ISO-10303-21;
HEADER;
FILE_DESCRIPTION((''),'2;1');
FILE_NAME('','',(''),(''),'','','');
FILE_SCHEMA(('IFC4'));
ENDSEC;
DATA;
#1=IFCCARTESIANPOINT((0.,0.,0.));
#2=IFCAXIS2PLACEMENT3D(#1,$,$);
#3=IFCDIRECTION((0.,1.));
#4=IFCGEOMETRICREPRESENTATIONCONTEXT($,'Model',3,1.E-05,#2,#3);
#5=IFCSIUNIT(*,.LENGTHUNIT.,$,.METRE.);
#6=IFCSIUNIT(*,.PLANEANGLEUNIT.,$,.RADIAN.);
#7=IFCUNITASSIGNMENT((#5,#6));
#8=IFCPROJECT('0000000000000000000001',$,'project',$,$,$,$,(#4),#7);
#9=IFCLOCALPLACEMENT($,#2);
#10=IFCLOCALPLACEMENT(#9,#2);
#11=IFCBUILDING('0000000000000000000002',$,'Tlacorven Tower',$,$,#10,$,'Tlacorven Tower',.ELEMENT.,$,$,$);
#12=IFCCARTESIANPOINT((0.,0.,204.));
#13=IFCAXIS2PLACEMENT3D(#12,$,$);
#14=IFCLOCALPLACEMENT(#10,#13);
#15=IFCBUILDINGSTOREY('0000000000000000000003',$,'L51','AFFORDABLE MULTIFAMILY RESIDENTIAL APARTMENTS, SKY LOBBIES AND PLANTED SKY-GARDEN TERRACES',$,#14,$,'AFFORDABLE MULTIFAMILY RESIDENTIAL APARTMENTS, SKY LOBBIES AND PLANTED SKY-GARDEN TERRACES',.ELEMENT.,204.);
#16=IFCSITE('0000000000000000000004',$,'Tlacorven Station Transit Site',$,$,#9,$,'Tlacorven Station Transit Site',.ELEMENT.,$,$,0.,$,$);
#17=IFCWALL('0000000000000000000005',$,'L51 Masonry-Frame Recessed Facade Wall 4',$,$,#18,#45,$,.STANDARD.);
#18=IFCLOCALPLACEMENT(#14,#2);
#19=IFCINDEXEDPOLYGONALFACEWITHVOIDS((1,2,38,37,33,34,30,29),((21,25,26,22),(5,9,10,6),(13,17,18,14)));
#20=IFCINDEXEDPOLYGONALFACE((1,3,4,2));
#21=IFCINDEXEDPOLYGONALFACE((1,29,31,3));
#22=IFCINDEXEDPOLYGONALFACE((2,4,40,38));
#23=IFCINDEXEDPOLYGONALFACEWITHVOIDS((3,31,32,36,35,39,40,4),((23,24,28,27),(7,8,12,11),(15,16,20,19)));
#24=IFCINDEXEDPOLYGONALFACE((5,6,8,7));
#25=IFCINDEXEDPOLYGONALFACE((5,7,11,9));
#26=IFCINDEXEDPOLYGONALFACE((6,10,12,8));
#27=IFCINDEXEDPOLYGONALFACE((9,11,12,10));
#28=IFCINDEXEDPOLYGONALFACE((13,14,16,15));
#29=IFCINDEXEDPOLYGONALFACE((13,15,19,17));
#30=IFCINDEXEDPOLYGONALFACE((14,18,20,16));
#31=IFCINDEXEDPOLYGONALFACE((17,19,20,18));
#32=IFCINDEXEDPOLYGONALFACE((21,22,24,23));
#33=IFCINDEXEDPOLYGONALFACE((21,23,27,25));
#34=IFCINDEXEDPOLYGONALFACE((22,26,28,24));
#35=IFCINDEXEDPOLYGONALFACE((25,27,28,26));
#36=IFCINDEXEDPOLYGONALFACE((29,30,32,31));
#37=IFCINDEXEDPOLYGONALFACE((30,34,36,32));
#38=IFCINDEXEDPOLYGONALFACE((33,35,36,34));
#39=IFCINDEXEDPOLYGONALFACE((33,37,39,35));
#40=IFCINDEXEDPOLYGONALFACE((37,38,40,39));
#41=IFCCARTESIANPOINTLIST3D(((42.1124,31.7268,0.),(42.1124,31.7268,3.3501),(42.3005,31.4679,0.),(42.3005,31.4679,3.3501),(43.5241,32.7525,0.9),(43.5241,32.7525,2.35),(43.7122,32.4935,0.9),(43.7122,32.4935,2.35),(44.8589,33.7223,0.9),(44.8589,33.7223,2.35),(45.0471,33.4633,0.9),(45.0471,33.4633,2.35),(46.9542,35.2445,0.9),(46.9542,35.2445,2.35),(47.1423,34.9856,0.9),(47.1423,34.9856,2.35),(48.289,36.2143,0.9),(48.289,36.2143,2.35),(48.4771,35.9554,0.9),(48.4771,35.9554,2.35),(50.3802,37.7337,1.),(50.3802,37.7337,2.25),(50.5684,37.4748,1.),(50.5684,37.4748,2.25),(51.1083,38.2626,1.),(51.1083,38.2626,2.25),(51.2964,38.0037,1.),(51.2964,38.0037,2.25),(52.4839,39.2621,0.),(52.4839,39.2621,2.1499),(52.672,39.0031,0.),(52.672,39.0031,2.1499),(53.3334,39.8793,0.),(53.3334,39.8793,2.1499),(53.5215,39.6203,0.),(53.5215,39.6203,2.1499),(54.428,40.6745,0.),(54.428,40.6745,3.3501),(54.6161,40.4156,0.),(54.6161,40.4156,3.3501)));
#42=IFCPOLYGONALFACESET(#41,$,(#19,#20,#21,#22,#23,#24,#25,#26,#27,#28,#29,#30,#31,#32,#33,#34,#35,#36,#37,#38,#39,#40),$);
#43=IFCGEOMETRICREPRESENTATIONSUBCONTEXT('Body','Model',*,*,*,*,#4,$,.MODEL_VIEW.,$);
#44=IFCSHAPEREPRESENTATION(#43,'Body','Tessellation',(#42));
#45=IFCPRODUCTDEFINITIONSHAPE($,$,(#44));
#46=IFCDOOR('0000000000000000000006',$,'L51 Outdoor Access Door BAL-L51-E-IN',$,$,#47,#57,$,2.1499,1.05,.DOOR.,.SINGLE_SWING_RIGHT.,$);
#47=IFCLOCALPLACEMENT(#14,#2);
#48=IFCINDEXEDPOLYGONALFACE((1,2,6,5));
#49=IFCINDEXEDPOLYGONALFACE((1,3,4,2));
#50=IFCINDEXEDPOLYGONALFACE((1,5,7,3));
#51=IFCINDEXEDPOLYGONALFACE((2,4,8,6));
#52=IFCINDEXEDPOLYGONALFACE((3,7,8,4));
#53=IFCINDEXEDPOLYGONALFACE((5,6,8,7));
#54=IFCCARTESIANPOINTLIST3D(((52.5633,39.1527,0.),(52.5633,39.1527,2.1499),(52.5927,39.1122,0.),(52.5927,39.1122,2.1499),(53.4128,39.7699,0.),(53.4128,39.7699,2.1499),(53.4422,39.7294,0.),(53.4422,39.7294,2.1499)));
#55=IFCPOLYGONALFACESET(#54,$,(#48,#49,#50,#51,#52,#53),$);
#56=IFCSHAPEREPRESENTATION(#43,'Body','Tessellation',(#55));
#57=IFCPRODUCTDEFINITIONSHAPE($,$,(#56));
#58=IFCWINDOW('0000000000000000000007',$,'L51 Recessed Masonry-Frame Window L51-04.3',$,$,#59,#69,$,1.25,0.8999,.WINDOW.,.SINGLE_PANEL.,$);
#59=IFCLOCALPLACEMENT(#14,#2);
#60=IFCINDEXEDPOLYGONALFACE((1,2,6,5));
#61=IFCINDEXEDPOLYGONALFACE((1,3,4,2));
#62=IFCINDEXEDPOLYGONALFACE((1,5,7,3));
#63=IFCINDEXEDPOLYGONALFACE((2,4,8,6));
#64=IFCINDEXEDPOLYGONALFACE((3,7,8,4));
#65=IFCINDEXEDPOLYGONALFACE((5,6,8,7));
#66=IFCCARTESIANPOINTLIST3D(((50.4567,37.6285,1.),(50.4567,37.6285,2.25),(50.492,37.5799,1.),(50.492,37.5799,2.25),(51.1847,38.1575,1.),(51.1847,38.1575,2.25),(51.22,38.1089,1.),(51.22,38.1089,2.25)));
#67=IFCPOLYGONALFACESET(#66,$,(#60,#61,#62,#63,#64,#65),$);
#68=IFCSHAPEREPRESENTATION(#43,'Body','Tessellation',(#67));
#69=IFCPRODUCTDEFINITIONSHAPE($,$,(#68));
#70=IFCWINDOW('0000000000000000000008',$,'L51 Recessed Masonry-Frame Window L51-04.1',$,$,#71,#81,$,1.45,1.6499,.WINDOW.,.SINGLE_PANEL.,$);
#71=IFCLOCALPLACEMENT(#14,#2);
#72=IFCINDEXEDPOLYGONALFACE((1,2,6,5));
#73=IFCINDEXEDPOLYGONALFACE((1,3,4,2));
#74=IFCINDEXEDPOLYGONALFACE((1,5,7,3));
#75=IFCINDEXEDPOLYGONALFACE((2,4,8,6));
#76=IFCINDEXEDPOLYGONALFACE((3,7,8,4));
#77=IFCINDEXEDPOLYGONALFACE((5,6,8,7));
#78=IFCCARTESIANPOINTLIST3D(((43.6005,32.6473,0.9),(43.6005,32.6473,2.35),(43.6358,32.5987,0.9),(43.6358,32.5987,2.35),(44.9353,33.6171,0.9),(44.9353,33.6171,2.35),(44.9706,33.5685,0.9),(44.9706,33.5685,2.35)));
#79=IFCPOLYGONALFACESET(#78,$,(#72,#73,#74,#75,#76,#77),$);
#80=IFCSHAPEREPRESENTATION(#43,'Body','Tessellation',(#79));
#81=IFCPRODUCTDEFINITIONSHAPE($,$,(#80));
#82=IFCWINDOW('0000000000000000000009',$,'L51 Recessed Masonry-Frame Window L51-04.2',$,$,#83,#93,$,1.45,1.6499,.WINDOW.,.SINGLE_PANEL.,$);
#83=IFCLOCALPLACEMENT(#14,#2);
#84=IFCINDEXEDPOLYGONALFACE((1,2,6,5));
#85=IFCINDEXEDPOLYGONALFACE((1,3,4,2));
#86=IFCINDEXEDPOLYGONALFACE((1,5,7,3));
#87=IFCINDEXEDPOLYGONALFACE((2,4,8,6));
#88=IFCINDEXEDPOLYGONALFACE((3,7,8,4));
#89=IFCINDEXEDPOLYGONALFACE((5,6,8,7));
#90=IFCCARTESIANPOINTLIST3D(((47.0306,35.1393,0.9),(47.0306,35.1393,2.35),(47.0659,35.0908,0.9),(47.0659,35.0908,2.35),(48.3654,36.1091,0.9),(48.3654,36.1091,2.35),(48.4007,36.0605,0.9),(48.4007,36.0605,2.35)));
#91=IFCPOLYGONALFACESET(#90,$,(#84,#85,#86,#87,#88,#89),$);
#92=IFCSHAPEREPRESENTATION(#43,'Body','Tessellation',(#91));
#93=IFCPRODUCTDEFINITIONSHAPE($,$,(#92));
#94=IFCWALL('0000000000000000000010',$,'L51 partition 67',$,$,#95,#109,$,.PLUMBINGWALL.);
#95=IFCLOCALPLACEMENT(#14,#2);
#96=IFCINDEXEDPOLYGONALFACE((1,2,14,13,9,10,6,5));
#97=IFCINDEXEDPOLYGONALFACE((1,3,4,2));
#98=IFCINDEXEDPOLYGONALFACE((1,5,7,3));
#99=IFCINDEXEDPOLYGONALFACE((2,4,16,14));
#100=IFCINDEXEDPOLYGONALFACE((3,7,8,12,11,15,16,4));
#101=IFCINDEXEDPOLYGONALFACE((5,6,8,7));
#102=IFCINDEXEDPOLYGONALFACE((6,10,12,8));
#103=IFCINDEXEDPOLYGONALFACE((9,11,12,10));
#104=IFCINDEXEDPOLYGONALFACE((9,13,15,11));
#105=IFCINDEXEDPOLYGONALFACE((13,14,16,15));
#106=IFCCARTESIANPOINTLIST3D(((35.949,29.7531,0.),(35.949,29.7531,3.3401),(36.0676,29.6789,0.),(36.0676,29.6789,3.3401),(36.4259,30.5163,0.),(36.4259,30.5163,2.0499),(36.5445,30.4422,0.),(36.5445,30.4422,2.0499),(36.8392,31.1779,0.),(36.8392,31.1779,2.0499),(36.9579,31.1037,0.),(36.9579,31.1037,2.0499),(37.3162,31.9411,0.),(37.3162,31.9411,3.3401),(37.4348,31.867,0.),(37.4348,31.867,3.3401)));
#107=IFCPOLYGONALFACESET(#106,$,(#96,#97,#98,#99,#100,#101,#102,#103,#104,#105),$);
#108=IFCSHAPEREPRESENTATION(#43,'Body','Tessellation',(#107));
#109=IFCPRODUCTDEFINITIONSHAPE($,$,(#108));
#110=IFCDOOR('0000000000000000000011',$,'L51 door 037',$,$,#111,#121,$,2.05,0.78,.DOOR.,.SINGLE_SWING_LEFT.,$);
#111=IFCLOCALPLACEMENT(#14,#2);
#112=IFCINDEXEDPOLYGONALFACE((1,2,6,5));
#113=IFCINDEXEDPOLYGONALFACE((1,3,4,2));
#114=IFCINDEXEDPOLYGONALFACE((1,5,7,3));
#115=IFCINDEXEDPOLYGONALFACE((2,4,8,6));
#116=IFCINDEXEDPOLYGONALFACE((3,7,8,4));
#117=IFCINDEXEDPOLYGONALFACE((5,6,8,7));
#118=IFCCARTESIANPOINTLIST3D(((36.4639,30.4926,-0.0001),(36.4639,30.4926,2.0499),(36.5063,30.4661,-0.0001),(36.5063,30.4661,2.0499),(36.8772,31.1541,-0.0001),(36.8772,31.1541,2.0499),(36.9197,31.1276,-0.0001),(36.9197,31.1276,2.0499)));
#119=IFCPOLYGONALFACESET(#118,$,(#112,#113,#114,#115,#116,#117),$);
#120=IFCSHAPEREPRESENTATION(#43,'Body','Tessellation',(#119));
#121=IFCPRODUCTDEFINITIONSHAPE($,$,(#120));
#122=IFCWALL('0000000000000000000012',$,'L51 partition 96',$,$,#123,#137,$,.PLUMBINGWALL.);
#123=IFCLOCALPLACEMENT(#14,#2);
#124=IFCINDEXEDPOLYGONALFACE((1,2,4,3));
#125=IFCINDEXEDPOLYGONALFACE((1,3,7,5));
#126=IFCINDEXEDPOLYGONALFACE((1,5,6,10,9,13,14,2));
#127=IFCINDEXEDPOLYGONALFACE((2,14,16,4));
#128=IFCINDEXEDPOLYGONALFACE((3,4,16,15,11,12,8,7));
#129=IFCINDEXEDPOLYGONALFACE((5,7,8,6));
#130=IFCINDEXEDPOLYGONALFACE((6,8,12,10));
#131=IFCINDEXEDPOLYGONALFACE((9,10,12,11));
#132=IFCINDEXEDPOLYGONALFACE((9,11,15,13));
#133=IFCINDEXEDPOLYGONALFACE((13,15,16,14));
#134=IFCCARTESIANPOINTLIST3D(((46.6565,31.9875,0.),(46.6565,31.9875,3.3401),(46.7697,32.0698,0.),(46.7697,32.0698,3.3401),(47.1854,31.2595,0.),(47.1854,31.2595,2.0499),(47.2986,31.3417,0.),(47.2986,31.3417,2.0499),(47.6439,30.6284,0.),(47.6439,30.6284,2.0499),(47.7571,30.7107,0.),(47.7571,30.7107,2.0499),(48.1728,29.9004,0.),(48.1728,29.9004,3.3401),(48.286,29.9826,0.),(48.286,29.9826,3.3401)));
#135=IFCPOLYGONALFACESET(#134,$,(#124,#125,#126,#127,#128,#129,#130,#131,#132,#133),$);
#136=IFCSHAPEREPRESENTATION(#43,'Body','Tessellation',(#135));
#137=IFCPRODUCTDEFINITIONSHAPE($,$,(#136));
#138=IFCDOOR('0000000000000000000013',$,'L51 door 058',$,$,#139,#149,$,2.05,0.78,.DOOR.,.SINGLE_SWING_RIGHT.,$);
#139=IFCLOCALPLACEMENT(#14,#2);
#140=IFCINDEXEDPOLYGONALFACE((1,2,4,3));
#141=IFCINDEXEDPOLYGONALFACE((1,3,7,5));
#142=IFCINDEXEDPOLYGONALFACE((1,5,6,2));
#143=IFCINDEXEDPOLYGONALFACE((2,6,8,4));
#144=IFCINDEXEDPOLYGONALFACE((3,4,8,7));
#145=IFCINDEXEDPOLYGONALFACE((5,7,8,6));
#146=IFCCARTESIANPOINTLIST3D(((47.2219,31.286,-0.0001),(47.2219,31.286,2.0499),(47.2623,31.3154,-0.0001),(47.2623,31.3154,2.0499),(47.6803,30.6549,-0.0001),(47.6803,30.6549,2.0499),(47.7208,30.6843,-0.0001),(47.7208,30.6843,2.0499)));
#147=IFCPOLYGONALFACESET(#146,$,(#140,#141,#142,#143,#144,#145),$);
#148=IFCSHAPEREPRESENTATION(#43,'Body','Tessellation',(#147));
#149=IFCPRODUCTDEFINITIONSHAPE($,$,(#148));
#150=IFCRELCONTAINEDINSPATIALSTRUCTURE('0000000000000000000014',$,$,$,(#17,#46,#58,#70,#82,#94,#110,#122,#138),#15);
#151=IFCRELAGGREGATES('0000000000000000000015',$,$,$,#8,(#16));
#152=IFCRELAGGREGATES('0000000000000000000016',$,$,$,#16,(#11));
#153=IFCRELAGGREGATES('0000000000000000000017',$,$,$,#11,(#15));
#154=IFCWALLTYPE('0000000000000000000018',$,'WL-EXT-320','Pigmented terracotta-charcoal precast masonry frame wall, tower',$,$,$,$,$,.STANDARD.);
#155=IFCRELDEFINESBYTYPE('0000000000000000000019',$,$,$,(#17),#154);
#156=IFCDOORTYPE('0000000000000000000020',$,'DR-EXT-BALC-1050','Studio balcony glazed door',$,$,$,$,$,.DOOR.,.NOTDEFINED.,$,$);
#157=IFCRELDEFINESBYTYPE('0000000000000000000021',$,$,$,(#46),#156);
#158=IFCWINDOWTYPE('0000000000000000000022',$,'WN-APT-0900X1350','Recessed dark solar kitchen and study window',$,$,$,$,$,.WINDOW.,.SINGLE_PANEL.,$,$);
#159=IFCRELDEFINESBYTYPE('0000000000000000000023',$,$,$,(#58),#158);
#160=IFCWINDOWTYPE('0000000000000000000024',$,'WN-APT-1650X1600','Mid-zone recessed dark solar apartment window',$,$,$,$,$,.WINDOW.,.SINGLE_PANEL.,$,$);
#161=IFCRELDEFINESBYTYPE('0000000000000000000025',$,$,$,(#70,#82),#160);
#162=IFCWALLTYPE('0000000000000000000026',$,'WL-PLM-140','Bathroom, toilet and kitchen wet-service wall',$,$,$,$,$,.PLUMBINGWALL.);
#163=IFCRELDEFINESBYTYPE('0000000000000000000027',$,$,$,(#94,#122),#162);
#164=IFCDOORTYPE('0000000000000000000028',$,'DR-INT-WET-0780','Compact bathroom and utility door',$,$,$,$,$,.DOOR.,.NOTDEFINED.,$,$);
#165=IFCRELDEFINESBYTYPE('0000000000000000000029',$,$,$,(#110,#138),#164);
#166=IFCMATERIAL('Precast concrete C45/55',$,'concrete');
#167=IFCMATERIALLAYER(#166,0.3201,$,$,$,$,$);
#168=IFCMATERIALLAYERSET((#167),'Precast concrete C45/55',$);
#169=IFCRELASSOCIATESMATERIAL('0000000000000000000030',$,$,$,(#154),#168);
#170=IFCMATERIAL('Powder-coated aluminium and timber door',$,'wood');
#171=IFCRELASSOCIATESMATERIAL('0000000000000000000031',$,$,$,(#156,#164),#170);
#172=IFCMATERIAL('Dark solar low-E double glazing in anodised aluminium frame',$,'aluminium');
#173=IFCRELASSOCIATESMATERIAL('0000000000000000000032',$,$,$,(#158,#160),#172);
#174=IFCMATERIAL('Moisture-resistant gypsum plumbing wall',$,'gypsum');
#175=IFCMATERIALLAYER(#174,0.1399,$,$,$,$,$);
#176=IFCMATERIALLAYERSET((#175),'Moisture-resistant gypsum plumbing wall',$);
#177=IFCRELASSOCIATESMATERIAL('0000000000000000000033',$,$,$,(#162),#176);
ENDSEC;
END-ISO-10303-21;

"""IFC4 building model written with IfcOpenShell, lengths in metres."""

from ifc_helpers import new_model, si_unit, direction, frame, frame_2d, origin, place, context, subcontext, project, spatial, rectangle, extrude, source, transform, mapped, material, layer, layer_set, type_object, element, fill, save


model = new_model("IFC4")

# Units and contexts
model_context = context("Model", 3, precision=1e-05, world=origin(), true_north=direction((0.0, 1.0)))
body_context = subcontext(model_context, "Body", "Model", "MODEL_VIEW")
ifc_project = project(units=[si_unit("LENGTHUNIT", "METRE"), si_unit("PLANEANGLEUNIT", "RADIAN")], contexts=[model_context])

# Site, building, storey
site_placement = place(None, origin())
site = spatial("IfcSite", under=ifc_project, at=site_placement, Name="Tlacorven Station Transit Site", LongName="Tlacorven Station Transit Site", CompositionType="ELEMENT", RefElevation=0.0)
building_placement = place(site_placement, origin())
building = spatial("IfcBuilding", under=site, at=building_placement, Name="Tlacorven Tower", LongName="Tlacorven Tower", CompositionType="ELEMENT")
storey_placement = place(building_placement, frame((0.0, 0.0, 204.0)))
storey = spatial("IfcBuildingStorey", under=building, at=storey_placement, Name="L51", Description="AFFORDABLE MULTIFAMILY RESIDENTIAL APARTMENTS, SKY LOBBIES AND PLANTED SKY-GARDEN TERRACES", LongName="AFFORDABLE MULTIFAMILY RESIDENTIAL APARTMENTS, SKY LOBBIES AND PLANTED SKY-GARDEN TERRACES", CompositionType="ELEMENT", Elevation=204.0)

# Wall, openings, door, windows
ifc_material_1 = material(Name="Precast concrete C45/55", Category="concrete")
ifc_layer_1 = layer(ifc_material_1, 0.3201)
ifc_layer_set_1 = layer_set([ifc_layer_1], Name="Precast concrete C45/55")
wall_type_1 = type_object("IfcWallType", Name="WL-EXT-320", Description="Pigmented terracotta-charcoal precast masonry frame wall, tower", PredefinedType="STANDARD", material=ifc_layer_set_1)
wall_1_placement = place(storey_placement, frame((42.2065, 31.5974, 0.0), z_axis=(0.0, 0.0, 1.0), x_axis=(0.80902, 0.587781, 0.0)))
wall_1 = element("IfcWall", 1, at=wall_1_placement, inside=storey, type_object=wall_type_1, Name="L51 Masonry-Frame Recessed Facade Wall 4", PredefinedType="STANDARD", context=body_context, shape_type="SweptSolid", body=[
    extrude(rectangle(XDim=15.2229, YDim=0.3201, at=frame_2d((7.6113, 0.0))), origin(), (0.0, 0.0, 1.0), 3.3501),
])
opening_1_placement = place(wall_1_placement, frame((12.8198, 0.0, 0.0)))
opening_1 = element("IfcOpeningElement", 2, at=opening_1_placement, cuts=wall_1, PredefinedType="OPENING", context=body_context, shape_type="SweptSolid", body=[
    extrude(rectangle(XDim=1.05, YDim=2.1499, at=frame_2d((0.5249, 1.075))), frame((0.0, 0.1699, 0.0), z_axis=(0.0, -1.0, 0.0), x_axis=(1.0, 0.0, 0.0)), (0.0, 0.0, 1.0), 0.3401),
])
opening_2_placement = place(wall_1_placement, frame((1.7449, 0.0, 0.8999)))
opening_2 = element("IfcOpeningElement", 3, at=opening_2_placement, cuts=wall_1, PredefinedType="OPENING", context=body_context, shape_type="SweptSolid", body=[
    extrude(rectangle(XDim=1.6499, YDim=1.45, at=frame_2d((0.825, 0.7251))), frame((0.0, 0.1699, 0.0), z_axis=(0.0, -1.0, 0.0), x_axis=(1.0, 0.0, 0.0)), (0.0, 0.0, 1.0), 0.3401),
])
opening_3_placement = place(wall_1_placement, frame((5.9846, 0.0, 0.8999)))
opening_3 = element("IfcOpeningElement", 4, at=opening_3_placement, cuts=wall_1, PredefinedType="OPENING", context=body_context, shape_type="SweptSolid", body=[
    extrude(rectangle(XDim=1.6499, YDim=1.45, at=frame_2d((0.825, 0.7251))), frame((0.0, 0.1699, 0.0), z_axis=(0.0, -1.0, 0.0), x_axis=(1.0, 0.0, 0.0)), (0.0, 0.0, 1.0), 0.3401),
])
opening_4_placement = place(wall_1_placement, frame((10.2195, 0.0, 1.0)))
opening_4 = element("IfcOpeningElement", 5, at=opening_4_placement, cuts=wall_1, PredefinedType="OPENING", context=body_context, shape_type="SweptSolid", body=[
    extrude(rectangle(XDim=0.8999, YDim=1.25, at=frame_2d((0.45, 0.625))), frame((0.0, 0.1699, 0.0), z_axis=(0.0, -1.0, 0.0), x_axis=(1.0, 0.0, 0.0)), (0.0, 0.0, 1.0), 0.3401),
])
ifc_material_2 = material(Name="Powder-coated aluminium and timber door", Category="wood")
door_type_1 = type_object("IfcDoorType", Name="DR-EXT-BALC-1050", Description="Studio balcony glazed door", OperationType="NOTDEFINED", PredefinedType="DOOR", material=ifc_material_2)
shared_shape_1 = source(origin(), body_context, "Body", "SweptSolid", [
    extrude(rectangle(XDim=1.05, YDim=2.1499, at=frame_2d((0.5249, 1.075))), frame((0.0, 0.0249, 0.0), z_axis=(0.0, -1.0, 0.0), x_axis=(1.0, 0.0, 0.0)), (0.0, 0.0, 1.0), 0.05),
])
door_1_placement = place(opening_1_placement, origin())
door_1 = element("IfcDoor", 6, at=door_1_placement, inside=storey, type_object=door_type_1, Name="L51 Outdoor Access Door BAL-L51-E-IN", OperationType="SINGLE_SWING_RIGHT", OverallHeight=2.1499, OverallWidth=1.05, PredefinedType="DOOR", context=body_context, shape_type="MappedRepresentation", body=[
    mapped(shared_shape_1, transform((0.0, 0.0, 0.0), scale=1.0)),
])
fill(opening_1, door_1)
ifc_material_3 = material(Name="Dark solar low-E double glazing in anodised aluminium frame", Category="aluminium")
window_type_1 = type_object("IfcWindowType", Name="WN-APT-0900X1350", Description="Recessed dark solar kitchen and study window", PartitioningType="SINGLE_PANEL", PredefinedType="WINDOW", material=ifc_material_3)
shared_shape_2 = source(origin(), body_context, "Body", "SweptSolid", [
    extrude(rectangle(XDim=0.8999, YDim=1.25, at=frame_2d((0.45, 0.625))), frame((0.0, 0.03, 0.0), z_axis=(0.0, -1.0, 0.0), x_axis=(1.0, 0.0, 0.0)), (0.0, 0.0, 1.0), 0.0601),
])
window_1_placement = place(opening_4_placement, origin())
window_1 = element("IfcWindow", 7, at=window_1_placement, inside=storey, type_object=window_type_1, Name="L51 Recessed Masonry-Frame Window L51-04.3", OverallHeight=1.25, OverallWidth=0.8999, PartitioningType="SINGLE_PANEL", PredefinedType="WINDOW", context=body_context, shape_type="MappedRepresentation", body=[
    mapped(shared_shape_2, transform((0.0, 0.0, 0.0), scale=1.0)),
])
fill(opening_4, window_1)
window_type_2 = type_object("IfcWindowType", Name="WN-APT-1650X1600", Description="Mid-zone recessed dark solar apartment window", PartitioningType="SINGLE_PANEL", PredefinedType="WINDOW", material=ifc_material_3)
shared_shape_3 = source(origin(), body_context, "Body", "SweptSolid", [
    extrude(rectangle(XDim=1.6499, YDim=1.45, at=frame_2d((0.825, 0.7251))), frame((0.0, 0.03, 0.0), z_axis=(0.0, -1.0, 0.0), x_axis=(1.0, 0.0, 0.0)), (0.0, 0.0, 1.0), 0.0601),
])
window_2_placement = place(opening_2_placement, origin())
window_2 = element("IfcWindow", 8, at=window_2_placement, inside=storey, type_object=window_type_2, Name="L51 Recessed Masonry-Frame Window L51-04.1", OverallHeight=1.45, OverallWidth=1.6499, PartitioningType="SINGLE_PANEL", PredefinedType="WINDOW", context=body_context, shape_type="MappedRepresentation", body=[
    mapped(shared_shape_3, transform((0.0, 0.0, 0.0), scale=1.0)),
])
fill(opening_2, window_2)
window_3_placement = place(opening_3_placement, origin())
window_3 = element("IfcWindow", 9, at=window_3_placement, inside=storey, type_object=window_type_2, Name="L51 Recessed Masonry-Frame Window L51-04.2", OverallHeight=1.45, OverallWidth=1.6499, PartitioningType="SINGLE_PANEL", PredefinedType="WINDOW", context=body_context, shape_type="MappedRepresentation", body=[
    mapped(shared_shape_3, transform((0.0, 0.0, 0.0), scale=1.0)),
])
fill(opening_3, window_3)

# Walls, openings, doors
ifc_material_4 = material(Name="Moisture-resistant gypsum plumbing wall", Category="gypsum")
ifc_layer_2 = layer(ifc_material_4, 0.1399)
ifc_layer_set_2 = layer_set([ifc_layer_2], Name="Moisture-resistant gypsum plumbing wall")
wall_type_2 = type_object("IfcWallType", Name="WL-PLM-140", Description="Bathroom, toilet and kitchen wet-service wall", PredefinedType="PLUMBINGWALL", material=ifc_layer_set_2)
wall_2_placement = place(storey_placement, frame((37.3755, 31.9041, 0.0), z_axis=(0.0, 0.0, 1.0), x_axis=(-0.529914, -0.848051, 0.0)))
wall_2 = element("IfcWall", 10, at=wall_2_placement, inside=storey, type_object=wall_type_2, Name="L51 partition 67", PredefinedType="PLUMBINGWALL", context=body_context, shape_type="SweptSolid", body=[
    extrude(rectangle(XDim=2.5801, YDim=0.1399, at=frame_2d((1.29, 0.0))), origin(), (0.0, 0.0, 1.0), 3.3401),
])
opening_5_placement = place(wall_2_placement, frame((0.8999, 0.0, 0.0)))
opening_5 = element("IfcOpeningElement", 11, at=opening_5_placement, cuts=wall_2, PredefinedType="OPENING", context=body_context, shape_type="SweptSolid", body=[
    extrude(rectangle(XDim=0.78, YDim=2.05, at=frame_2d((0.3901, 1.0249))), frame((0.0, 0.0801, 0.0), z_axis=(0.0, -1.0, 0.0), x_axis=(1.0, 0.0, 0.0)), (0.0, 0.0, 1.0), 0.1599),
])
door_type_2 = type_object("IfcDoorType", Name="DR-INT-WET-0780", Description="Compact bathroom and utility door", OperationType="NOTDEFINED", PredefinedType="DOOR", material=ifc_material_2)
shared_shape_4 = source(origin(), body_context, "Body", "SweptSolid", [
    extrude(rectangle(XDim=0.78, YDim=2.05, at=frame_2d((0.3901, 1.0249))), frame((0.0, 0.0249, 0.0), z_axis=(0.0, -1.0, 0.0), x_axis=(1.0, 0.0, 0.0)), (0.0, 0.0, 1.0), 0.05),
])
door_2_placement = place(opening_5_placement, origin())
door_2 = element("IfcDoor", 12, at=door_2_placement, inside=storey, type_object=door_type_2, Name="L51 door 037", OperationType="SINGLE_SWING_LEFT", OverallHeight=2.05, OverallWidth=0.78, PredefinedType="DOOR", context=body_context, shape_type="MappedRepresentation", body=[
    mapped(shared_shape_4, transform((0.0, 0.0, 0.0), scale=1.0)),
])
fill(opening_5, door_2)
wall_3_placement = place(storey_placement, frame((48.2295, 29.9414, 0.0), z_axis=(0.0, 0.0, 1.0), x_axis=(-0.587772, 0.809027, 0.0)))
wall_3 = element("IfcWall", 13, at=wall_3_placement, inside=storey, type_object=wall_type_2, Name="L51 partition 96", PredefinedType="PLUMBINGWALL", context=body_context, shape_type="SweptSolid", body=[
    extrude(rectangle(XDim=2.5798, YDim=0.1399, at=frame_2d((1.29, 0.0))), origin(), (0.0, 0.0, 1.0), 3.3401),
])
opening_6_placement = place(wall_3_placement, frame((0.8999, 0.0, 0.0)))
opening_6 = element("IfcOpeningElement", 14, at=opening_6_placement, cuts=wall_3, PredefinedType="OPENING", context=body_context, shape_type="SweptSolid", body=[
    extrude(rectangle(XDim=0.78, YDim=2.05, at=frame_2d((0.3901, 1.0249))), frame((0.0, 0.0801, 0.0), z_axis=(0.0, -1.0, 0.0), x_axis=(1.0, 0.0, 0.0)), (0.0, 0.0, 1.0), 0.1599),
])
door_3_placement = place(opening_6_placement, origin())
door_3 = element("IfcDoor", 15, at=door_3_placement, inside=storey, type_object=door_type_2, Name="L51 door 058", OperationType="SINGLE_SWING_RIGHT", OverallHeight=2.05, OverallWidth=0.78, PredefinedType="DOOR", context=body_context, shape_type="MappedRepresentation", body=[
    mapped(shared_shape_4, transform((0.0, 0.0, 0.0), scale=1.0)),
])
fill(opening_6, door_3)

save(model, "model.ifc")
